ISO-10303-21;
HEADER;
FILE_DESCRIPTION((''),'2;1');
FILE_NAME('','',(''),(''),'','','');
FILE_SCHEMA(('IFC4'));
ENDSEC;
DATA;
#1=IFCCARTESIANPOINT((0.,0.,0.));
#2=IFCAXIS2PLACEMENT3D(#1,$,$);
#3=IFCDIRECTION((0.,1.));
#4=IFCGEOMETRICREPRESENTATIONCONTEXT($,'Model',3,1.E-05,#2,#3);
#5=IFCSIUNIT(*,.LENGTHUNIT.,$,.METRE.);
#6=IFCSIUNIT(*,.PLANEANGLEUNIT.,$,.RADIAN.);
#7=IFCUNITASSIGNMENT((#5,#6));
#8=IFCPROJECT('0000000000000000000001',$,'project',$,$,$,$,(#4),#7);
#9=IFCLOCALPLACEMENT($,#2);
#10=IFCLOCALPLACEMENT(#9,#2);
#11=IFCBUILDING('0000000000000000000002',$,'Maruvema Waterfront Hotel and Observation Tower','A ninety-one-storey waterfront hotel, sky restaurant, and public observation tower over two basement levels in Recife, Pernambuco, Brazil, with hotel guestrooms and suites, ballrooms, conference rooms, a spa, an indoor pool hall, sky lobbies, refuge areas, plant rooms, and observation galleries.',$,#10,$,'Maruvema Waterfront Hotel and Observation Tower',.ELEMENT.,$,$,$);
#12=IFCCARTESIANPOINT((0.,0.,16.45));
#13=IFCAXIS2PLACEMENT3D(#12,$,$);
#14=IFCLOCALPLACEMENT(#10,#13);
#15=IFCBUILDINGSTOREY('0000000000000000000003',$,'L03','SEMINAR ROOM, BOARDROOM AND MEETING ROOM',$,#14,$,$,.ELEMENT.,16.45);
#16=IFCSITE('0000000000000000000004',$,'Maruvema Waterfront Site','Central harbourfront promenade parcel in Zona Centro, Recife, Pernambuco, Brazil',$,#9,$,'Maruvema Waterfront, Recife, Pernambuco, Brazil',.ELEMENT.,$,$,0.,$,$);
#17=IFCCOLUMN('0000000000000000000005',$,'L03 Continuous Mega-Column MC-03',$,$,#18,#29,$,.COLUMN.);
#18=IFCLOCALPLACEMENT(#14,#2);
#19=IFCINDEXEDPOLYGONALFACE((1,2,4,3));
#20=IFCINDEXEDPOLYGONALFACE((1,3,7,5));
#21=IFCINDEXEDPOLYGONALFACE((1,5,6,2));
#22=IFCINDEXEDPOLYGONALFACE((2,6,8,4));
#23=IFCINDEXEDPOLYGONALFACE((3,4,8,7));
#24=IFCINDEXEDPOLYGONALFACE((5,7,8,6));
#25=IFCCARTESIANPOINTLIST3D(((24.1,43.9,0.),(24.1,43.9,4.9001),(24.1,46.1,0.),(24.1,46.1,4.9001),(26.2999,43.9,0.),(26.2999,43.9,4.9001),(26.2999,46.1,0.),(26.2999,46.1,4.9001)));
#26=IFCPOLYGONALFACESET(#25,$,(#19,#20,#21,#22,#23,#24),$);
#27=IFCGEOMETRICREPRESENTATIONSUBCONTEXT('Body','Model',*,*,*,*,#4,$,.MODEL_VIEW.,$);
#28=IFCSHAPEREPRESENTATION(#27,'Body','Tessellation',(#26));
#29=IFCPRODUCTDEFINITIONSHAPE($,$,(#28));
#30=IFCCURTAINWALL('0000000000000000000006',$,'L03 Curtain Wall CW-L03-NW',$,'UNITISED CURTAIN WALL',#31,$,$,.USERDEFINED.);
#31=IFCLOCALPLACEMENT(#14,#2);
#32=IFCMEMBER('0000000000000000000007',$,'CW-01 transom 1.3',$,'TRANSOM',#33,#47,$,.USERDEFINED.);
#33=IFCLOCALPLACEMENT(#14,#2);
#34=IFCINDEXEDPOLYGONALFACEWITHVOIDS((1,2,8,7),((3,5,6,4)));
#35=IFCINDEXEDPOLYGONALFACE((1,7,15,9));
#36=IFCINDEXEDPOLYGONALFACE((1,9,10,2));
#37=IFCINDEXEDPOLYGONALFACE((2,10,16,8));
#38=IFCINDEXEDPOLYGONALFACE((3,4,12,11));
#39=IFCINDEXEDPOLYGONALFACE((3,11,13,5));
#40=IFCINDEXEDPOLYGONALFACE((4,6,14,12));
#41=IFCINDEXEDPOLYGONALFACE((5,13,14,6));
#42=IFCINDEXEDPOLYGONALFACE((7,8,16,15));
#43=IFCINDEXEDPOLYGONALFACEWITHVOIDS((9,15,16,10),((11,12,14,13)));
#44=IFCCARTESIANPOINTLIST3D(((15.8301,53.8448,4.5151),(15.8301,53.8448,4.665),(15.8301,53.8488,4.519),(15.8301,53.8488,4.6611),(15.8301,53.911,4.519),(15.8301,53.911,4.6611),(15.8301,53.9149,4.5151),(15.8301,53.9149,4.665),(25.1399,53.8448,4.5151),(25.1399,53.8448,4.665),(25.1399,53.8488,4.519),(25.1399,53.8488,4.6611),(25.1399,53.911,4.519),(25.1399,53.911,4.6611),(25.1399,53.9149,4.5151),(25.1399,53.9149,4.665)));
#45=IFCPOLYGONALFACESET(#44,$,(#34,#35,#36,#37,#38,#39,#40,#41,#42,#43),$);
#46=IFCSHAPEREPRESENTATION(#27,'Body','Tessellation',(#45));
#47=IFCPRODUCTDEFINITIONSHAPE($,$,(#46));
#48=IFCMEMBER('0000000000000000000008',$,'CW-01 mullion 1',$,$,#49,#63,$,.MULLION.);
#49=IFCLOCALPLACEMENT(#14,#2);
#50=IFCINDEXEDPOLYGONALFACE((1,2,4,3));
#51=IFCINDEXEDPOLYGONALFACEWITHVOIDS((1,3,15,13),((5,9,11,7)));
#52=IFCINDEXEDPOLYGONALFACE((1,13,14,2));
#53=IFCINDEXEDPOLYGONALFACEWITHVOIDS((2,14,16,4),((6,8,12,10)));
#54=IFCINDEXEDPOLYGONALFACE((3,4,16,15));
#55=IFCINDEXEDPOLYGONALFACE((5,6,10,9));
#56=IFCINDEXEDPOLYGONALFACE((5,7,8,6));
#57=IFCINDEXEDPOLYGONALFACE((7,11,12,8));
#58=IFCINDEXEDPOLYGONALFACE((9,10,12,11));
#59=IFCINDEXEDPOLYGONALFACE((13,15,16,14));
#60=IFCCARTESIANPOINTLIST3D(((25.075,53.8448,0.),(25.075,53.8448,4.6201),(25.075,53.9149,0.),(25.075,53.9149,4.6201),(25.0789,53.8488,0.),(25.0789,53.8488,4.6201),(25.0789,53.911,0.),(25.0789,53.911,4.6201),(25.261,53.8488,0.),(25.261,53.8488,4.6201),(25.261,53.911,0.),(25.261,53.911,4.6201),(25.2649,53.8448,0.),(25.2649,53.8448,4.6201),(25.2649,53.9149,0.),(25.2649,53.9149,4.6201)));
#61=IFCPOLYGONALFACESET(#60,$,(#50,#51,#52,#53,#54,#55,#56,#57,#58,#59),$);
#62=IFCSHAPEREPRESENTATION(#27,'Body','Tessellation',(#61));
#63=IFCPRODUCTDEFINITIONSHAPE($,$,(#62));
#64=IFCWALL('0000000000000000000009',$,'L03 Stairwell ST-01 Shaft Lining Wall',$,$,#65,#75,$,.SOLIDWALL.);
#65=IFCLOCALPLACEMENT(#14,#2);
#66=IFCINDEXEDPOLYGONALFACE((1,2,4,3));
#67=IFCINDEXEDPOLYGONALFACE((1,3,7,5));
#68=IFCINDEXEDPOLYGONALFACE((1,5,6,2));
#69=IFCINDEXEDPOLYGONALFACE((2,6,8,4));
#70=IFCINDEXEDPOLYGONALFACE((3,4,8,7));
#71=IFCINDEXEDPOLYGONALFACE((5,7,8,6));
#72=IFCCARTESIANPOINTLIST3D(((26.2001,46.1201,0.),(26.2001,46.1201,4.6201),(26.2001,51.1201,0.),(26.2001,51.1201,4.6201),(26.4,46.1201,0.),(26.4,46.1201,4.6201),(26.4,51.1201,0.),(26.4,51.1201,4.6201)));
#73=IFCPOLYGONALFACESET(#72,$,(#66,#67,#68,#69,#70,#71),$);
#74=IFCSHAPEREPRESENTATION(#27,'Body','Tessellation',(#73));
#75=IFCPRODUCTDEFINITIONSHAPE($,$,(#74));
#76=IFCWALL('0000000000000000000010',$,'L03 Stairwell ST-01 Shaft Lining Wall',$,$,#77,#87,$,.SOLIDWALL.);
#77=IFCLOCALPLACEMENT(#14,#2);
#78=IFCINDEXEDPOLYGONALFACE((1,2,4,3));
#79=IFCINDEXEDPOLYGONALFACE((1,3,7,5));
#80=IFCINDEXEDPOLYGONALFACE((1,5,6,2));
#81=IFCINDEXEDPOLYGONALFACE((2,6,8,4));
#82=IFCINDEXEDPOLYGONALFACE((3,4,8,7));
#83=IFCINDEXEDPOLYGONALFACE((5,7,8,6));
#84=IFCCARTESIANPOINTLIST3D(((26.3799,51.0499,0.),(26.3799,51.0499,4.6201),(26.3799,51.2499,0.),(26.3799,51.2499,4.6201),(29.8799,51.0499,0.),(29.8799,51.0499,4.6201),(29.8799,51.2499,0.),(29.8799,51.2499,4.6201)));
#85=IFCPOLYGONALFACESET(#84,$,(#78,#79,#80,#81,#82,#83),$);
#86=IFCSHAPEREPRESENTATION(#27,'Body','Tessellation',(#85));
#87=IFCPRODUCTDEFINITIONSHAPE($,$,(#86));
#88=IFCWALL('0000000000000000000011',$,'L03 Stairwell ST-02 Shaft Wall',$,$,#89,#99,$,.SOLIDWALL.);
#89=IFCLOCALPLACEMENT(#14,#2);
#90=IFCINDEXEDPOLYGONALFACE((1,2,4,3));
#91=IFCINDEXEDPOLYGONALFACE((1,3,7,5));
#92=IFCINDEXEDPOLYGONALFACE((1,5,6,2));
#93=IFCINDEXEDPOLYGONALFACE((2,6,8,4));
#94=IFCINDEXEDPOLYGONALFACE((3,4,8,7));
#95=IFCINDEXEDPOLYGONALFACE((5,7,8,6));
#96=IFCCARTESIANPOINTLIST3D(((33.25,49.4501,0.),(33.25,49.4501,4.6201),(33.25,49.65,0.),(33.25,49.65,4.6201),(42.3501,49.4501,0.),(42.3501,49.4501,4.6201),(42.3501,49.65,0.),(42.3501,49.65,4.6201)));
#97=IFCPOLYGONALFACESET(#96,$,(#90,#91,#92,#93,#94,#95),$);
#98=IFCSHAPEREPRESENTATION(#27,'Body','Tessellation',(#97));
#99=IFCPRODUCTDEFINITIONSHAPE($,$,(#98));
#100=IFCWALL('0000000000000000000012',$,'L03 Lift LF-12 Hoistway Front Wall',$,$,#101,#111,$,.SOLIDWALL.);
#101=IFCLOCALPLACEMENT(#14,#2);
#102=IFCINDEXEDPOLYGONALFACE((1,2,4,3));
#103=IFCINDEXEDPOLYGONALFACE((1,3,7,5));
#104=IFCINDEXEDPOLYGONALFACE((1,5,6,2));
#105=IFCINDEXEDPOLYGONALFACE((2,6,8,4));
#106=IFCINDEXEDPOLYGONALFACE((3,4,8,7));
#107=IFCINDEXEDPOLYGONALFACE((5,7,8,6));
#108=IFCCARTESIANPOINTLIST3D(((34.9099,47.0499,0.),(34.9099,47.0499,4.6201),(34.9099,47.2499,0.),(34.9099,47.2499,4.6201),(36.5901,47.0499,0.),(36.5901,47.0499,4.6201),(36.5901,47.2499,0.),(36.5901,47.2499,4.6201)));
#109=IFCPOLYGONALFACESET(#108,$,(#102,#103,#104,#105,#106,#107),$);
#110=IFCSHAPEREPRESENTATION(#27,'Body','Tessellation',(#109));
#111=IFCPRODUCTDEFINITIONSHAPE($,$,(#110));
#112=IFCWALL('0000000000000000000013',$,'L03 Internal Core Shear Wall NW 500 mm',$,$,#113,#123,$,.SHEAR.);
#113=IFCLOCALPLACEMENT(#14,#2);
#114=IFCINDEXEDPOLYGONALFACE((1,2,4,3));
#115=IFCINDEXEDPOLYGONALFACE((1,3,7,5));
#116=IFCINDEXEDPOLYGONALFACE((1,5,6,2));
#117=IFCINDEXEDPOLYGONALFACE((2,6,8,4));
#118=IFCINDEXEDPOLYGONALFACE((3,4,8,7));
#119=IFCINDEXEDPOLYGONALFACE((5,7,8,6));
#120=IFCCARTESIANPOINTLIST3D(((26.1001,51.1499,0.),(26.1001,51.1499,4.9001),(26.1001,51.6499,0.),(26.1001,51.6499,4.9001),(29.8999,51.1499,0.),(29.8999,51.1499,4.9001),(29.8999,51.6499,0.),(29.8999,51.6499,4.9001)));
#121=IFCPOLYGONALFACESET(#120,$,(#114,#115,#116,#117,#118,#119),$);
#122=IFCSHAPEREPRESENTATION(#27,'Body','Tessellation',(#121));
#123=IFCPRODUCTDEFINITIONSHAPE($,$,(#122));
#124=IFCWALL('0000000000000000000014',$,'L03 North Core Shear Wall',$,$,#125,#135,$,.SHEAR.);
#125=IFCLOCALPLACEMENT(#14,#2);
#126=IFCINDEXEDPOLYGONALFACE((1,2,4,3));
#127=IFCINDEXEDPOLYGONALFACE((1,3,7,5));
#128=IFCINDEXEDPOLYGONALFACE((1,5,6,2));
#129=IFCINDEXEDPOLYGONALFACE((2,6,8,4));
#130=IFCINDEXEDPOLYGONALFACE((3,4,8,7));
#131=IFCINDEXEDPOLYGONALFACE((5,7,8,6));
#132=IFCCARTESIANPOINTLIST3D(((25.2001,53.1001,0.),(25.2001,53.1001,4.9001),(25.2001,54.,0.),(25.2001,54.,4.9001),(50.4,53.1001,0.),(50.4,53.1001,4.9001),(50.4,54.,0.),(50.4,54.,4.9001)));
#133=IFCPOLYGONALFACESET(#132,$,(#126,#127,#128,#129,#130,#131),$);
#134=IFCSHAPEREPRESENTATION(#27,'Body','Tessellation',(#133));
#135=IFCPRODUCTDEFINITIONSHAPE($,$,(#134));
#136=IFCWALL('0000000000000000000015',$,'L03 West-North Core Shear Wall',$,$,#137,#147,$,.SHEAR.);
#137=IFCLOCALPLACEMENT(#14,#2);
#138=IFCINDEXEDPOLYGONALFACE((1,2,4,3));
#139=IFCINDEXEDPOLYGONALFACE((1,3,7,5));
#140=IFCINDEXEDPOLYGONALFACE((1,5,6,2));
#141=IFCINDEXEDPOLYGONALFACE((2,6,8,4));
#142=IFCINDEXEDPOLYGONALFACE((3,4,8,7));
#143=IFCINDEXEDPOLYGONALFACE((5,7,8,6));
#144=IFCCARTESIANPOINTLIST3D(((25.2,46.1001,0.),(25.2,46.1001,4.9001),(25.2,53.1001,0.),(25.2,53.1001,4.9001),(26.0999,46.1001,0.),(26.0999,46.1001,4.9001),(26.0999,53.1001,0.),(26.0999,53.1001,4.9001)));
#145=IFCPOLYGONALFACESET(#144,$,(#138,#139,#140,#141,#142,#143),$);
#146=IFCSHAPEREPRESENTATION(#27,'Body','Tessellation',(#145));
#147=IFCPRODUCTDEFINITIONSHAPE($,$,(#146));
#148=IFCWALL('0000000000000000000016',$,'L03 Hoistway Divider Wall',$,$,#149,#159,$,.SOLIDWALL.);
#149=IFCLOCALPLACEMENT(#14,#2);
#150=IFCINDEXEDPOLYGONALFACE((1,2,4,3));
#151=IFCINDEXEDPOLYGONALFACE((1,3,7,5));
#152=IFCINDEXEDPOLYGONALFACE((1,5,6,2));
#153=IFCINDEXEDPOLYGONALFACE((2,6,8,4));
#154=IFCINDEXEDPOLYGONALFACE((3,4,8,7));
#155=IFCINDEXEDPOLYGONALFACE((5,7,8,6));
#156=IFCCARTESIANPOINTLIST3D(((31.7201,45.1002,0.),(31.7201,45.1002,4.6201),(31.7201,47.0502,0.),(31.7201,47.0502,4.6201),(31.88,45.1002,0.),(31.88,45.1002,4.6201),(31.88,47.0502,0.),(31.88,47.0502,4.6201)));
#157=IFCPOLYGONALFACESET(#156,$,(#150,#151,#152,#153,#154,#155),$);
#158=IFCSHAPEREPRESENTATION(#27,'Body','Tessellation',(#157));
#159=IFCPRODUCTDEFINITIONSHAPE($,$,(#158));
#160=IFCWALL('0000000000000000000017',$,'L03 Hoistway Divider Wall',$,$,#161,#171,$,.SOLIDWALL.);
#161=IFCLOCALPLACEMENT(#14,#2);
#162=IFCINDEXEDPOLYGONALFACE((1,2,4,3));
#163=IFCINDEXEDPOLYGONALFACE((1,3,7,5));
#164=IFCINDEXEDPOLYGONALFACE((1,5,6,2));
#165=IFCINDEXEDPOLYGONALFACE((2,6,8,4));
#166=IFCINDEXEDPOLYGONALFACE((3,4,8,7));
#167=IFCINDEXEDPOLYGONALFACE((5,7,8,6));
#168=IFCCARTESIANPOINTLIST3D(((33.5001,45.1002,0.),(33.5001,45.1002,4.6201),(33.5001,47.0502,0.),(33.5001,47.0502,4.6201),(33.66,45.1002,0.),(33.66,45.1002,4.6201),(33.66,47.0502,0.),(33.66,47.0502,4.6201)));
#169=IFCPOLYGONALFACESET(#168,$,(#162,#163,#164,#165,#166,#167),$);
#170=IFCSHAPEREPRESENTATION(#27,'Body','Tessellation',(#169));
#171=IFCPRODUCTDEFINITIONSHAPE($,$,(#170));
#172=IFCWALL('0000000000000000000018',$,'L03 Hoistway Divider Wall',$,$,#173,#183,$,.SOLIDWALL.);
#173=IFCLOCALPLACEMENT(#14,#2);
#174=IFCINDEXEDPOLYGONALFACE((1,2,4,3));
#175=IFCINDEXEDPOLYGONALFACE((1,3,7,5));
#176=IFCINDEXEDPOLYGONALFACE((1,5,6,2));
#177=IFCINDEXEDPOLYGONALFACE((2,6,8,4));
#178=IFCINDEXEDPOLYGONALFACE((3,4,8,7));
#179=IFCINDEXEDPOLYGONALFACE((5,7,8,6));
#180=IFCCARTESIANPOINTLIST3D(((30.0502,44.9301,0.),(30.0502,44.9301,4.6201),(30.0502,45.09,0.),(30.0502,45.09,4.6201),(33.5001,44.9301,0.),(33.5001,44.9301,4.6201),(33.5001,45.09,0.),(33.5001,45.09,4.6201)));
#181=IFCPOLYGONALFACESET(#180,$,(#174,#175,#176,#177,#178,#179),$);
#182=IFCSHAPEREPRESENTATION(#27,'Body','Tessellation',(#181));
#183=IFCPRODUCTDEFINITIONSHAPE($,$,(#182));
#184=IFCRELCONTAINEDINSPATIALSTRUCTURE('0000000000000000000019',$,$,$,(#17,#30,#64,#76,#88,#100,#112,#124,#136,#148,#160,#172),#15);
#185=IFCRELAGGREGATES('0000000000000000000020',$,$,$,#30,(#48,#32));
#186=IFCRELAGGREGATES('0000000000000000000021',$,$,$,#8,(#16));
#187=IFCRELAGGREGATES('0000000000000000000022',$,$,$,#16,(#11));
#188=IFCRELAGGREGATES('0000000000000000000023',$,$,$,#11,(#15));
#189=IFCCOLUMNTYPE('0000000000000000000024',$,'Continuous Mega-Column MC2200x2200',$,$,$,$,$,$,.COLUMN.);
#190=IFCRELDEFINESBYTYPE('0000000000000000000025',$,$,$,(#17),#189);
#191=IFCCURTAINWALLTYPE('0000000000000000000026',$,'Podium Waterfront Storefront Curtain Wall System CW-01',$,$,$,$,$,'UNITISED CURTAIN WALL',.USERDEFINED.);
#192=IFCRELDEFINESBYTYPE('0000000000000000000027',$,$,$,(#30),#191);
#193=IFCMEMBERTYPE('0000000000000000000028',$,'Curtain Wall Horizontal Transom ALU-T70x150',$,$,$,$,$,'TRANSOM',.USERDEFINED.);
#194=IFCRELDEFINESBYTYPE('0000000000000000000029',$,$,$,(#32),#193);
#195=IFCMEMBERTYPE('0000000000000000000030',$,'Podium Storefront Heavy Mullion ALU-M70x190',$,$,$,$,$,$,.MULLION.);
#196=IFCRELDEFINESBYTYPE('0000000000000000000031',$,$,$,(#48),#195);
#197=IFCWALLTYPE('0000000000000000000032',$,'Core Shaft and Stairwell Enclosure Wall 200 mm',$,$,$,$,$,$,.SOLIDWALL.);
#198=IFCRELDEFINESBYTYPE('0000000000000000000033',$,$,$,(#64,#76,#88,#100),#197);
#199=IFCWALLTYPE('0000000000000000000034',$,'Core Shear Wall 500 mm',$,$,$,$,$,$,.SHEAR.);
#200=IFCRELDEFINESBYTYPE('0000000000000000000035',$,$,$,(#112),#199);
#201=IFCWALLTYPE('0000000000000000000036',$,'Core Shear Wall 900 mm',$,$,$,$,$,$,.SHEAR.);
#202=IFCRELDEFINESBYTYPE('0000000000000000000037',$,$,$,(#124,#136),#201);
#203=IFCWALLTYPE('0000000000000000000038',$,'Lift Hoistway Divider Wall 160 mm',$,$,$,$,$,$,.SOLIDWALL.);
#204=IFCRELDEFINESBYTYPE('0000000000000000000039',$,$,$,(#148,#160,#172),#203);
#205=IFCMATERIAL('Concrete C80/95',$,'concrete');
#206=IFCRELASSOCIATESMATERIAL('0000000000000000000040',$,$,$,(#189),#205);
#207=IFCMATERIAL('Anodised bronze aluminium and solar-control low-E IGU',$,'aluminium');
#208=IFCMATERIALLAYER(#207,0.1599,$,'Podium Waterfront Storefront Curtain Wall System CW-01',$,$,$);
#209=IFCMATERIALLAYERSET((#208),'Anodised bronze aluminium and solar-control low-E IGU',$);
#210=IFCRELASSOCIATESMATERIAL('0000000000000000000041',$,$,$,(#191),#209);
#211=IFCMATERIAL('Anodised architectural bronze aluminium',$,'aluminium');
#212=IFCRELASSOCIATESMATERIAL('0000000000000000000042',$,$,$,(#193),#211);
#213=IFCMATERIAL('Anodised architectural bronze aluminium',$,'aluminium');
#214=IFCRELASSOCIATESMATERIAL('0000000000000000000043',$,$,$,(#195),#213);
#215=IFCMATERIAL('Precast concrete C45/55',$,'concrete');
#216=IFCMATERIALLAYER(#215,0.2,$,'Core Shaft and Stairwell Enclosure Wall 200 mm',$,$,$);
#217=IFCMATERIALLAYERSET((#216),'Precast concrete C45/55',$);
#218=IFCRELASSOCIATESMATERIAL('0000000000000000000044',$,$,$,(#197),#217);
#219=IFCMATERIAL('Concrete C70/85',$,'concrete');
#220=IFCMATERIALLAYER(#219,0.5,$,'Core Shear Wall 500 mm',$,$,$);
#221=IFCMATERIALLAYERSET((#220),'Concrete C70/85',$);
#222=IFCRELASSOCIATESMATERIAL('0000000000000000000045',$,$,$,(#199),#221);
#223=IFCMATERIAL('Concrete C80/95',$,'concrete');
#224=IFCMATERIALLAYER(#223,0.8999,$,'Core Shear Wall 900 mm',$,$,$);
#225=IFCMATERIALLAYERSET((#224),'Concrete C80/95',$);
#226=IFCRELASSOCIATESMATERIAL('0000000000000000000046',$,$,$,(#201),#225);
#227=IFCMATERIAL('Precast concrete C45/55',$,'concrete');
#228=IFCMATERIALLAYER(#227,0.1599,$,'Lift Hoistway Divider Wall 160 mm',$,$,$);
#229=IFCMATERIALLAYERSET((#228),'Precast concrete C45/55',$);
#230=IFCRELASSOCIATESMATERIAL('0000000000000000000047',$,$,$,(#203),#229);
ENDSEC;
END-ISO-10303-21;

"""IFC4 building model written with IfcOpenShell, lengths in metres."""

from ifc_helpers import new_model, si_unit, direction, frame, frame_2d, origin, origin_2d, place, context, subcontext, project, spatial, rectangle, hollow_rectangle, extrude, material, layer, layer_set, material_profile, profile_set, type_object, element, aggregate, save


model = new_model("IFC4")

# Units and contexts
model_context = context("Model", 3, precision=1e-05, world=origin(), true_north=direction((0.0, 1.0)))
body_context = subcontext(model_context, "Body", "Model", "MODEL_VIEW")
ifc_project = project(units=[si_unit("LENGTHUNIT", "METRE"), si_unit("PLANEANGLEUNIT", "RADIAN")], contexts=[model_context])

# Site, building, storey
site_placement = place(None, origin())
site = spatial("IfcSite", under=ifc_project, at=site_placement, Name="Maruvema Waterfront Site", Description="Central harbourfront promenade parcel in Zona Centro, Recife, Pernambuco, Brazil", LongName="Maruvema Waterfront, Recife, Pernambuco, Brazil", CompositionType="ELEMENT", RefElevation=0.0)
building_placement = place(site_placement, origin())
building = spatial("IfcBuilding", under=site, at=building_placement, Name="Maruvema Waterfront Hotel and Observation Tower", Description="A ninety-one-storey waterfront hotel, sky restaurant, and public observation tower over two basement levels in Recife, Pernambuco, Brazil, with hotel guestrooms and suites, ballrooms, conference rooms, a spa, an indoor pool hall, sky lobbies, refuge areas, plant rooms, and observation galleries.", LongName="Maruvema Waterfront Hotel and Observation Tower", CompositionType="ELEMENT")
storey_placement = place(building_placement, frame((0.0, 0.0, 16.45)))
storey = spatial("IfcBuildingStorey", under=building, at=storey_placement, Name="L03", Description="SEMINAR ROOM, BOARDROOM AND MEETING ROOM", CompositionType="ELEMENT", Elevation=16.45)

# Column
ifc_material_1 = material(Name="Concrete C80/95", Category="concrete")
ifc_material_profile_1 = material_profile(ifc_material_1, rectangle(XDim=2.2, YDim=2.2, at=origin_2d()), Name="MC2200x2200")
ifc_profile_set_1 = profile_set([ifc_material_profile_1], Name="Concrete C80/95")
column_type = type_object("IfcColumnType", Name="Continuous Mega-Column MC2200x2200", PredefinedType="COLUMN", material=ifc_profile_set_1)
column_placement = place(storey_placement, frame((25.2, 45.0, 0.0), z_axis=(0.0, 0.0, 1.0), x_axis=(1.0, 0.0, 0.0)))
element("IfcColumn", 1, at=column_placement, inside=storey, type_object=column_type, Name="L03 Continuous Mega-Column MC-03", PredefinedType="COLUMN", context=body_context, shape_type="SweptSolid", body=[
    extrude(rectangle(XDim=2.2, YDim=2.2, at=origin_2d()), origin(), (0.0, 0.0, 1.0), 4.9001),
])

# Curtain wall, members
ifc_material_2 = material(Name="Anodised bronze aluminium and solar-control low-E IGU", Category="aluminium")
ifc_layer_1 = layer(ifc_material_2, 0.1599, Name="Podium Waterfront Storefront Curtain Wall System CW-01")
ifc_layer_set_1 = layer_set([ifc_layer_1], Name="Anodised bronze aluminium and solar-control low-E IGU")
curtain_wall_type = type_object("IfcCurtainWallType", Name="Podium Waterfront Storefront Curtain Wall System CW-01", ElementType="UNITISED CURTAIN WALL", PredefinedType="USERDEFINED", material=ifc_layer_set_1)
curtain_wall_placement = place(storey_placement, origin())
curtain_wall = element("IfcCurtainWall", 2, at=curtain_wall_placement, inside=storey, type_object=curtain_wall_type, Name="L03 Curtain Wall CW-L03-NW", ObjectType="UNITISED CURTAIN WALL", PredefinedType="USERDEFINED")
ifc_material_3 = material(Name="Anodised architectural bronze aluminium", Category="aluminium")
ifc_material_profile_2 = material_profile(ifc_material_3, hollow_rectangle(XDim=0.0701, YDim=0.1499, WallThickness=0.0039, at=origin_2d()), Name="ALU-T70x150")
ifc_profile_set_2 = profile_set([ifc_material_profile_2], Name="Anodised architectural bronze aluminium")
member_type_1 = type_object("IfcMemberType", Name="Curtain Wall Horizontal Transom ALU-T70x150", ElementType="TRANSOM", PredefinedType="USERDEFINED", material=ifc_profile_set_2)
member_1_placement = place(storey_placement, frame((25.1399, 53.8799, 4.5901), z_axis=(-1.0, 0.0, 0.0), x_axis=(0.0, -1.0, 0.0)))
member_1 = element("IfcMember", 3, at=member_1_placement, type_object=member_type_1, Name="CW-01 transom 1.3", ObjectType="TRANSOM", PredefinedType="USERDEFINED", context=body_context, shape_type="SweptSolid", body=[
    extrude(hollow_rectangle(XDim=0.0701, YDim=0.1499, WallThickness=0.0039, at=origin_2d()), origin(), (0.0, 0.0, 1.0), 9.3098),
])
ifc_material_4 = material(Name="Anodised architectural bronze aluminium", Category="aluminium")
ifc_material_profile_3 = material_profile(ifc_material_4, hollow_rectangle(XDim=0.0701, YDim=0.1899, WallThickness=0.0039, at=origin_2d()), Name="ALU-M70x190")
ifc_profile_set_3 = profile_set([ifc_material_profile_3], Name="Anodised architectural bronze aluminium")
member_type_2 = type_object("IfcMemberType", Name="Podium Storefront Heavy Mullion ALU-M70x190", PredefinedType="MULLION", material=ifc_profile_set_3)
member_2_placement = place(storey_placement, frame((25.1699, 53.8799, 0.0), z_axis=(0.0, 0.0, 1.0), x_axis=(0.0, -1.0, 0.0)))
member_2 = element("IfcMember", 4, at=member_2_placement, type_object=member_type_2, Name="CW-01 mullion 1", PredefinedType="MULLION", context=body_context, shape_type="SweptSolid", body=[
    extrude(hollow_rectangle(XDim=0.0701, YDim=0.1899, WallThickness=0.0039, at=origin_2d()), origin(), (0.0, 0.0, 1.0), 4.6201),
])
aggregate(curtain_wall, [member_2, member_1])

# Walls
ifc_material_5 = material(Name="Precast concrete C45/55", Category="concrete")
ifc_layer_2 = layer(ifc_material_5, 0.2, Name="Core Shaft and Stairwell Enclosure Wall 200 mm")
ifc_layer_set_2 = layer_set([ifc_layer_2], Name="Precast concrete C45/55")
wall_type_1 = type_object("IfcWallType", Name="Core Shaft and Stairwell Enclosure Wall 200 mm", PredefinedType="SOLIDWALL", material=ifc_layer_set_2)
wall_1_placement = place(storey_placement, frame((26.3, 46.1201, 0.0), z_axis=(0.0, 0.0, 1.0), x_axis=(0.0, 1.0, 0.0)))
element("IfcWall", 5, at=wall_1_placement, inside=storey, type_object=wall_type_1, Name="L03 Stairwell ST-01 Shaft Lining Wall", PredefinedType="SOLIDWALL", context=body_context, shape_type="SweptSolid", body=[
    extrude(rectangle(XDim=5.0, YDim=0.2, at=frame_2d((2.5, 0.0))), origin(), (0.0, 0.0, 1.0), 4.6201),
])
wall_2_placement = place(storey_placement, frame((26.3799, 51.1499, 0.0), z_axis=(0.0, 0.0, 1.0), x_axis=(1.0, 0.0, 0.0)))
element("IfcWall", 6, at=wall_2_placement, inside=storey, type_object=wall_type_1, Name="L03 Stairwell ST-01 Shaft Lining Wall", PredefinedType="SOLIDWALL", context=body_context, shape_type="SweptSolid", body=[
    extrude(rectangle(XDim=3.5, YDim=0.2, at=frame_2d((1.75, 0.0))), origin(), (0.0, 0.0, 1.0), 4.6201),
])
wall_3_placement = place(storey_placement, frame((33.25, 49.55, 0.0), z_axis=(0.0, 0.0, 1.0), x_axis=(1.0, 0.0, 0.0)))
element("IfcWall", 7, at=wall_3_placement, inside=storey, type_object=wall_type_1, Name="L03 Stairwell ST-02 Shaft Wall", PredefinedType="SOLIDWALL", context=body_context, shape_type="SweptSolid", body=[
    extrude(rectangle(XDim=9.1001, YDim=0.2, at=frame_2d((4.55, 0.0))), origin(), (0.0, 0.0, 1.0), 4.6201),
])

# Walls
wall_4_placement = place(storey_placement, frame((34.9099, 47.1499, 0.0), z_axis=(0.0, 0.0, 1.0), x_axis=(1.0, 0.0, 0.0)))
element("IfcWall", 8, at=wall_4_placement, inside=storey, type_object=wall_type_1, Name="L03 Lift LF-12 Hoistway Front Wall", PredefinedType="SOLIDWALL", context=body_context, shape_type="SweptSolid", body=[
    extrude(rectangle(XDim=1.6802, YDim=0.2, at=frame_2d((0.8401, 0.0))), origin(), (0.0, 0.0, 1.0), 4.6201),
])
ifc_material_6 = material(Name="Concrete C70/85", Category="concrete")
ifc_layer_3 = layer(ifc_material_6, 0.5, Name="Core Shear Wall 500 mm")
ifc_layer_set_3 = layer_set([ifc_layer_3], Name="Concrete C70/85")
wall_type_2 = type_object("IfcWallType", Name="Core Shear Wall 500 mm", PredefinedType="SHEAR", material=ifc_layer_set_3)
wall_5_placement = place(storey_placement, frame((26.1001, 51.3999, 0.0), z_axis=(0.0, 0.0, 1.0), x_axis=(1.0, 0.0, 0.0)))
element("IfcWall", 9, at=wall_5_placement, inside=storey, type_object=wall_type_2, Name="L03 Internal Core Shear Wall NW 500 mm", PredefinedType="SHEAR", context=body_context, shape_type="SweptSolid", body=[
    extrude(rectangle(XDim=3.7998, YDim=0.5, at=frame_2d((1.8999, 0.0))), origin(), (0.0, 0.0, 1.0), 4.9001),
])
ifc_material_7 = material(Name="Concrete C80/95", Category="concrete")
ifc_layer_4 = layer(ifc_material_7, 0.8999, Name="Core Shear Wall 900 mm")
ifc_layer_set_4 = layer_set([ifc_layer_4], Name="Concrete C80/95")
wall_type_3 = type_object("IfcWallType", Name="Core Shear Wall 900 mm", PredefinedType="SHEAR", material=ifc_layer_set_4)
wall_6_placement = place(storey_placement, frame((25.2, 53.55, 0.0), z_axis=(0.0, 0.0, 1.0), x_axis=(1.0, 0.0, 0.0)))
element("IfcWall", 10, at=wall_6_placement, inside=storey, type_object=wall_type_3, Name="L03 North Core Shear Wall", PredefinedType="SHEAR", context=body_context, shape_type="SweptSolid", body=[
    extrude(rectangle(XDim=25.2, YDim=0.8999, at=frame_2d((12.6001, 0.0))), origin(), (0.0, 0.0, 1.0), 4.9001),
])
wall_7_placement = place(storey_placement, frame((25.6499, 46.1001, 0.0), z_axis=(0.0, 0.0, 1.0), x_axis=(0.0, 1.0, 0.0)))
element("IfcWall", 11, at=wall_7_placement, inside=storey, type_object=wall_type_3, Name="L03 West-North Core Shear Wall", PredefinedType="SHEAR", context=body_context, shape_type="SweptSolid", body=[
    extrude(rectangle(XDim=7.0, YDim=0.8999, at=frame_2d((3.5, 0.0))), origin(), (0.0, 0.0, 1.0), 4.9001),
])
ifc_material_8 = material(Name="Precast concrete C45/55", Category="concrete")
ifc_layer_5 = layer(ifc_material_8, 0.1599, Name="Lift Hoistway Divider Wall 160 mm")
ifc_layer_set_5 = layer_set([ifc_layer_5], Name="Precast concrete C45/55")
wall_type_4 = type_object("IfcWallType", Name="Lift Hoistway Divider Wall 160 mm", PredefinedType="SOLIDWALL", material=ifc_layer_set_5)
for number, where, z_axis, x_axis, name in (
    (12, (31.8, 45.1001, 0.0), (0.0, 0.0, 1.0), (0.0, 1.0, 0.0), "L03 Hoistway Divider Wall"),
    (13, (33.5801, 45.1001, 0.0), (0.0, 0.0, 1.0), (0.0, 1.0, 0.0), "L03 Hoistway Divider Wall"),
):
    element("IfcWall", number, at=place(storey_placement, frame(where, z_axis=z_axis, x_axis=x_axis)), inside=storey, type_object=wall_type_4, Name=name, PredefinedType="SOLIDWALL", context=body_context, shape_type="SweptSolid", body=[
        extrude(rectangle(XDim=1.95, YDim=0.1599, at=frame_2d((0.9751, 0.0))), origin(), (0.0, 0.0, 1.0), 4.6201),
    ])
wall_8_placement = place(storey_placement, frame((30.05, 45.01, 0.0), z_axis=(0.0, 0.0, 1.0), x_axis=(1.0, 0.0, 0.0)))
element("IfcWall", 14, at=wall_8_placement, inside=storey, type_object=wall_type_4, Name="L03 Hoistway Divider Wall", PredefinedType="SOLIDWALL", context=body_context, shape_type="SweptSolid", body=[
    extrude(rectangle(XDim=3.45, YDim=0.1599, at=frame_2d((1.7251, 0.0))), origin(), (0.0, 0.0, 1.0), 4.6201),
])

save(model, "model.ifc")
